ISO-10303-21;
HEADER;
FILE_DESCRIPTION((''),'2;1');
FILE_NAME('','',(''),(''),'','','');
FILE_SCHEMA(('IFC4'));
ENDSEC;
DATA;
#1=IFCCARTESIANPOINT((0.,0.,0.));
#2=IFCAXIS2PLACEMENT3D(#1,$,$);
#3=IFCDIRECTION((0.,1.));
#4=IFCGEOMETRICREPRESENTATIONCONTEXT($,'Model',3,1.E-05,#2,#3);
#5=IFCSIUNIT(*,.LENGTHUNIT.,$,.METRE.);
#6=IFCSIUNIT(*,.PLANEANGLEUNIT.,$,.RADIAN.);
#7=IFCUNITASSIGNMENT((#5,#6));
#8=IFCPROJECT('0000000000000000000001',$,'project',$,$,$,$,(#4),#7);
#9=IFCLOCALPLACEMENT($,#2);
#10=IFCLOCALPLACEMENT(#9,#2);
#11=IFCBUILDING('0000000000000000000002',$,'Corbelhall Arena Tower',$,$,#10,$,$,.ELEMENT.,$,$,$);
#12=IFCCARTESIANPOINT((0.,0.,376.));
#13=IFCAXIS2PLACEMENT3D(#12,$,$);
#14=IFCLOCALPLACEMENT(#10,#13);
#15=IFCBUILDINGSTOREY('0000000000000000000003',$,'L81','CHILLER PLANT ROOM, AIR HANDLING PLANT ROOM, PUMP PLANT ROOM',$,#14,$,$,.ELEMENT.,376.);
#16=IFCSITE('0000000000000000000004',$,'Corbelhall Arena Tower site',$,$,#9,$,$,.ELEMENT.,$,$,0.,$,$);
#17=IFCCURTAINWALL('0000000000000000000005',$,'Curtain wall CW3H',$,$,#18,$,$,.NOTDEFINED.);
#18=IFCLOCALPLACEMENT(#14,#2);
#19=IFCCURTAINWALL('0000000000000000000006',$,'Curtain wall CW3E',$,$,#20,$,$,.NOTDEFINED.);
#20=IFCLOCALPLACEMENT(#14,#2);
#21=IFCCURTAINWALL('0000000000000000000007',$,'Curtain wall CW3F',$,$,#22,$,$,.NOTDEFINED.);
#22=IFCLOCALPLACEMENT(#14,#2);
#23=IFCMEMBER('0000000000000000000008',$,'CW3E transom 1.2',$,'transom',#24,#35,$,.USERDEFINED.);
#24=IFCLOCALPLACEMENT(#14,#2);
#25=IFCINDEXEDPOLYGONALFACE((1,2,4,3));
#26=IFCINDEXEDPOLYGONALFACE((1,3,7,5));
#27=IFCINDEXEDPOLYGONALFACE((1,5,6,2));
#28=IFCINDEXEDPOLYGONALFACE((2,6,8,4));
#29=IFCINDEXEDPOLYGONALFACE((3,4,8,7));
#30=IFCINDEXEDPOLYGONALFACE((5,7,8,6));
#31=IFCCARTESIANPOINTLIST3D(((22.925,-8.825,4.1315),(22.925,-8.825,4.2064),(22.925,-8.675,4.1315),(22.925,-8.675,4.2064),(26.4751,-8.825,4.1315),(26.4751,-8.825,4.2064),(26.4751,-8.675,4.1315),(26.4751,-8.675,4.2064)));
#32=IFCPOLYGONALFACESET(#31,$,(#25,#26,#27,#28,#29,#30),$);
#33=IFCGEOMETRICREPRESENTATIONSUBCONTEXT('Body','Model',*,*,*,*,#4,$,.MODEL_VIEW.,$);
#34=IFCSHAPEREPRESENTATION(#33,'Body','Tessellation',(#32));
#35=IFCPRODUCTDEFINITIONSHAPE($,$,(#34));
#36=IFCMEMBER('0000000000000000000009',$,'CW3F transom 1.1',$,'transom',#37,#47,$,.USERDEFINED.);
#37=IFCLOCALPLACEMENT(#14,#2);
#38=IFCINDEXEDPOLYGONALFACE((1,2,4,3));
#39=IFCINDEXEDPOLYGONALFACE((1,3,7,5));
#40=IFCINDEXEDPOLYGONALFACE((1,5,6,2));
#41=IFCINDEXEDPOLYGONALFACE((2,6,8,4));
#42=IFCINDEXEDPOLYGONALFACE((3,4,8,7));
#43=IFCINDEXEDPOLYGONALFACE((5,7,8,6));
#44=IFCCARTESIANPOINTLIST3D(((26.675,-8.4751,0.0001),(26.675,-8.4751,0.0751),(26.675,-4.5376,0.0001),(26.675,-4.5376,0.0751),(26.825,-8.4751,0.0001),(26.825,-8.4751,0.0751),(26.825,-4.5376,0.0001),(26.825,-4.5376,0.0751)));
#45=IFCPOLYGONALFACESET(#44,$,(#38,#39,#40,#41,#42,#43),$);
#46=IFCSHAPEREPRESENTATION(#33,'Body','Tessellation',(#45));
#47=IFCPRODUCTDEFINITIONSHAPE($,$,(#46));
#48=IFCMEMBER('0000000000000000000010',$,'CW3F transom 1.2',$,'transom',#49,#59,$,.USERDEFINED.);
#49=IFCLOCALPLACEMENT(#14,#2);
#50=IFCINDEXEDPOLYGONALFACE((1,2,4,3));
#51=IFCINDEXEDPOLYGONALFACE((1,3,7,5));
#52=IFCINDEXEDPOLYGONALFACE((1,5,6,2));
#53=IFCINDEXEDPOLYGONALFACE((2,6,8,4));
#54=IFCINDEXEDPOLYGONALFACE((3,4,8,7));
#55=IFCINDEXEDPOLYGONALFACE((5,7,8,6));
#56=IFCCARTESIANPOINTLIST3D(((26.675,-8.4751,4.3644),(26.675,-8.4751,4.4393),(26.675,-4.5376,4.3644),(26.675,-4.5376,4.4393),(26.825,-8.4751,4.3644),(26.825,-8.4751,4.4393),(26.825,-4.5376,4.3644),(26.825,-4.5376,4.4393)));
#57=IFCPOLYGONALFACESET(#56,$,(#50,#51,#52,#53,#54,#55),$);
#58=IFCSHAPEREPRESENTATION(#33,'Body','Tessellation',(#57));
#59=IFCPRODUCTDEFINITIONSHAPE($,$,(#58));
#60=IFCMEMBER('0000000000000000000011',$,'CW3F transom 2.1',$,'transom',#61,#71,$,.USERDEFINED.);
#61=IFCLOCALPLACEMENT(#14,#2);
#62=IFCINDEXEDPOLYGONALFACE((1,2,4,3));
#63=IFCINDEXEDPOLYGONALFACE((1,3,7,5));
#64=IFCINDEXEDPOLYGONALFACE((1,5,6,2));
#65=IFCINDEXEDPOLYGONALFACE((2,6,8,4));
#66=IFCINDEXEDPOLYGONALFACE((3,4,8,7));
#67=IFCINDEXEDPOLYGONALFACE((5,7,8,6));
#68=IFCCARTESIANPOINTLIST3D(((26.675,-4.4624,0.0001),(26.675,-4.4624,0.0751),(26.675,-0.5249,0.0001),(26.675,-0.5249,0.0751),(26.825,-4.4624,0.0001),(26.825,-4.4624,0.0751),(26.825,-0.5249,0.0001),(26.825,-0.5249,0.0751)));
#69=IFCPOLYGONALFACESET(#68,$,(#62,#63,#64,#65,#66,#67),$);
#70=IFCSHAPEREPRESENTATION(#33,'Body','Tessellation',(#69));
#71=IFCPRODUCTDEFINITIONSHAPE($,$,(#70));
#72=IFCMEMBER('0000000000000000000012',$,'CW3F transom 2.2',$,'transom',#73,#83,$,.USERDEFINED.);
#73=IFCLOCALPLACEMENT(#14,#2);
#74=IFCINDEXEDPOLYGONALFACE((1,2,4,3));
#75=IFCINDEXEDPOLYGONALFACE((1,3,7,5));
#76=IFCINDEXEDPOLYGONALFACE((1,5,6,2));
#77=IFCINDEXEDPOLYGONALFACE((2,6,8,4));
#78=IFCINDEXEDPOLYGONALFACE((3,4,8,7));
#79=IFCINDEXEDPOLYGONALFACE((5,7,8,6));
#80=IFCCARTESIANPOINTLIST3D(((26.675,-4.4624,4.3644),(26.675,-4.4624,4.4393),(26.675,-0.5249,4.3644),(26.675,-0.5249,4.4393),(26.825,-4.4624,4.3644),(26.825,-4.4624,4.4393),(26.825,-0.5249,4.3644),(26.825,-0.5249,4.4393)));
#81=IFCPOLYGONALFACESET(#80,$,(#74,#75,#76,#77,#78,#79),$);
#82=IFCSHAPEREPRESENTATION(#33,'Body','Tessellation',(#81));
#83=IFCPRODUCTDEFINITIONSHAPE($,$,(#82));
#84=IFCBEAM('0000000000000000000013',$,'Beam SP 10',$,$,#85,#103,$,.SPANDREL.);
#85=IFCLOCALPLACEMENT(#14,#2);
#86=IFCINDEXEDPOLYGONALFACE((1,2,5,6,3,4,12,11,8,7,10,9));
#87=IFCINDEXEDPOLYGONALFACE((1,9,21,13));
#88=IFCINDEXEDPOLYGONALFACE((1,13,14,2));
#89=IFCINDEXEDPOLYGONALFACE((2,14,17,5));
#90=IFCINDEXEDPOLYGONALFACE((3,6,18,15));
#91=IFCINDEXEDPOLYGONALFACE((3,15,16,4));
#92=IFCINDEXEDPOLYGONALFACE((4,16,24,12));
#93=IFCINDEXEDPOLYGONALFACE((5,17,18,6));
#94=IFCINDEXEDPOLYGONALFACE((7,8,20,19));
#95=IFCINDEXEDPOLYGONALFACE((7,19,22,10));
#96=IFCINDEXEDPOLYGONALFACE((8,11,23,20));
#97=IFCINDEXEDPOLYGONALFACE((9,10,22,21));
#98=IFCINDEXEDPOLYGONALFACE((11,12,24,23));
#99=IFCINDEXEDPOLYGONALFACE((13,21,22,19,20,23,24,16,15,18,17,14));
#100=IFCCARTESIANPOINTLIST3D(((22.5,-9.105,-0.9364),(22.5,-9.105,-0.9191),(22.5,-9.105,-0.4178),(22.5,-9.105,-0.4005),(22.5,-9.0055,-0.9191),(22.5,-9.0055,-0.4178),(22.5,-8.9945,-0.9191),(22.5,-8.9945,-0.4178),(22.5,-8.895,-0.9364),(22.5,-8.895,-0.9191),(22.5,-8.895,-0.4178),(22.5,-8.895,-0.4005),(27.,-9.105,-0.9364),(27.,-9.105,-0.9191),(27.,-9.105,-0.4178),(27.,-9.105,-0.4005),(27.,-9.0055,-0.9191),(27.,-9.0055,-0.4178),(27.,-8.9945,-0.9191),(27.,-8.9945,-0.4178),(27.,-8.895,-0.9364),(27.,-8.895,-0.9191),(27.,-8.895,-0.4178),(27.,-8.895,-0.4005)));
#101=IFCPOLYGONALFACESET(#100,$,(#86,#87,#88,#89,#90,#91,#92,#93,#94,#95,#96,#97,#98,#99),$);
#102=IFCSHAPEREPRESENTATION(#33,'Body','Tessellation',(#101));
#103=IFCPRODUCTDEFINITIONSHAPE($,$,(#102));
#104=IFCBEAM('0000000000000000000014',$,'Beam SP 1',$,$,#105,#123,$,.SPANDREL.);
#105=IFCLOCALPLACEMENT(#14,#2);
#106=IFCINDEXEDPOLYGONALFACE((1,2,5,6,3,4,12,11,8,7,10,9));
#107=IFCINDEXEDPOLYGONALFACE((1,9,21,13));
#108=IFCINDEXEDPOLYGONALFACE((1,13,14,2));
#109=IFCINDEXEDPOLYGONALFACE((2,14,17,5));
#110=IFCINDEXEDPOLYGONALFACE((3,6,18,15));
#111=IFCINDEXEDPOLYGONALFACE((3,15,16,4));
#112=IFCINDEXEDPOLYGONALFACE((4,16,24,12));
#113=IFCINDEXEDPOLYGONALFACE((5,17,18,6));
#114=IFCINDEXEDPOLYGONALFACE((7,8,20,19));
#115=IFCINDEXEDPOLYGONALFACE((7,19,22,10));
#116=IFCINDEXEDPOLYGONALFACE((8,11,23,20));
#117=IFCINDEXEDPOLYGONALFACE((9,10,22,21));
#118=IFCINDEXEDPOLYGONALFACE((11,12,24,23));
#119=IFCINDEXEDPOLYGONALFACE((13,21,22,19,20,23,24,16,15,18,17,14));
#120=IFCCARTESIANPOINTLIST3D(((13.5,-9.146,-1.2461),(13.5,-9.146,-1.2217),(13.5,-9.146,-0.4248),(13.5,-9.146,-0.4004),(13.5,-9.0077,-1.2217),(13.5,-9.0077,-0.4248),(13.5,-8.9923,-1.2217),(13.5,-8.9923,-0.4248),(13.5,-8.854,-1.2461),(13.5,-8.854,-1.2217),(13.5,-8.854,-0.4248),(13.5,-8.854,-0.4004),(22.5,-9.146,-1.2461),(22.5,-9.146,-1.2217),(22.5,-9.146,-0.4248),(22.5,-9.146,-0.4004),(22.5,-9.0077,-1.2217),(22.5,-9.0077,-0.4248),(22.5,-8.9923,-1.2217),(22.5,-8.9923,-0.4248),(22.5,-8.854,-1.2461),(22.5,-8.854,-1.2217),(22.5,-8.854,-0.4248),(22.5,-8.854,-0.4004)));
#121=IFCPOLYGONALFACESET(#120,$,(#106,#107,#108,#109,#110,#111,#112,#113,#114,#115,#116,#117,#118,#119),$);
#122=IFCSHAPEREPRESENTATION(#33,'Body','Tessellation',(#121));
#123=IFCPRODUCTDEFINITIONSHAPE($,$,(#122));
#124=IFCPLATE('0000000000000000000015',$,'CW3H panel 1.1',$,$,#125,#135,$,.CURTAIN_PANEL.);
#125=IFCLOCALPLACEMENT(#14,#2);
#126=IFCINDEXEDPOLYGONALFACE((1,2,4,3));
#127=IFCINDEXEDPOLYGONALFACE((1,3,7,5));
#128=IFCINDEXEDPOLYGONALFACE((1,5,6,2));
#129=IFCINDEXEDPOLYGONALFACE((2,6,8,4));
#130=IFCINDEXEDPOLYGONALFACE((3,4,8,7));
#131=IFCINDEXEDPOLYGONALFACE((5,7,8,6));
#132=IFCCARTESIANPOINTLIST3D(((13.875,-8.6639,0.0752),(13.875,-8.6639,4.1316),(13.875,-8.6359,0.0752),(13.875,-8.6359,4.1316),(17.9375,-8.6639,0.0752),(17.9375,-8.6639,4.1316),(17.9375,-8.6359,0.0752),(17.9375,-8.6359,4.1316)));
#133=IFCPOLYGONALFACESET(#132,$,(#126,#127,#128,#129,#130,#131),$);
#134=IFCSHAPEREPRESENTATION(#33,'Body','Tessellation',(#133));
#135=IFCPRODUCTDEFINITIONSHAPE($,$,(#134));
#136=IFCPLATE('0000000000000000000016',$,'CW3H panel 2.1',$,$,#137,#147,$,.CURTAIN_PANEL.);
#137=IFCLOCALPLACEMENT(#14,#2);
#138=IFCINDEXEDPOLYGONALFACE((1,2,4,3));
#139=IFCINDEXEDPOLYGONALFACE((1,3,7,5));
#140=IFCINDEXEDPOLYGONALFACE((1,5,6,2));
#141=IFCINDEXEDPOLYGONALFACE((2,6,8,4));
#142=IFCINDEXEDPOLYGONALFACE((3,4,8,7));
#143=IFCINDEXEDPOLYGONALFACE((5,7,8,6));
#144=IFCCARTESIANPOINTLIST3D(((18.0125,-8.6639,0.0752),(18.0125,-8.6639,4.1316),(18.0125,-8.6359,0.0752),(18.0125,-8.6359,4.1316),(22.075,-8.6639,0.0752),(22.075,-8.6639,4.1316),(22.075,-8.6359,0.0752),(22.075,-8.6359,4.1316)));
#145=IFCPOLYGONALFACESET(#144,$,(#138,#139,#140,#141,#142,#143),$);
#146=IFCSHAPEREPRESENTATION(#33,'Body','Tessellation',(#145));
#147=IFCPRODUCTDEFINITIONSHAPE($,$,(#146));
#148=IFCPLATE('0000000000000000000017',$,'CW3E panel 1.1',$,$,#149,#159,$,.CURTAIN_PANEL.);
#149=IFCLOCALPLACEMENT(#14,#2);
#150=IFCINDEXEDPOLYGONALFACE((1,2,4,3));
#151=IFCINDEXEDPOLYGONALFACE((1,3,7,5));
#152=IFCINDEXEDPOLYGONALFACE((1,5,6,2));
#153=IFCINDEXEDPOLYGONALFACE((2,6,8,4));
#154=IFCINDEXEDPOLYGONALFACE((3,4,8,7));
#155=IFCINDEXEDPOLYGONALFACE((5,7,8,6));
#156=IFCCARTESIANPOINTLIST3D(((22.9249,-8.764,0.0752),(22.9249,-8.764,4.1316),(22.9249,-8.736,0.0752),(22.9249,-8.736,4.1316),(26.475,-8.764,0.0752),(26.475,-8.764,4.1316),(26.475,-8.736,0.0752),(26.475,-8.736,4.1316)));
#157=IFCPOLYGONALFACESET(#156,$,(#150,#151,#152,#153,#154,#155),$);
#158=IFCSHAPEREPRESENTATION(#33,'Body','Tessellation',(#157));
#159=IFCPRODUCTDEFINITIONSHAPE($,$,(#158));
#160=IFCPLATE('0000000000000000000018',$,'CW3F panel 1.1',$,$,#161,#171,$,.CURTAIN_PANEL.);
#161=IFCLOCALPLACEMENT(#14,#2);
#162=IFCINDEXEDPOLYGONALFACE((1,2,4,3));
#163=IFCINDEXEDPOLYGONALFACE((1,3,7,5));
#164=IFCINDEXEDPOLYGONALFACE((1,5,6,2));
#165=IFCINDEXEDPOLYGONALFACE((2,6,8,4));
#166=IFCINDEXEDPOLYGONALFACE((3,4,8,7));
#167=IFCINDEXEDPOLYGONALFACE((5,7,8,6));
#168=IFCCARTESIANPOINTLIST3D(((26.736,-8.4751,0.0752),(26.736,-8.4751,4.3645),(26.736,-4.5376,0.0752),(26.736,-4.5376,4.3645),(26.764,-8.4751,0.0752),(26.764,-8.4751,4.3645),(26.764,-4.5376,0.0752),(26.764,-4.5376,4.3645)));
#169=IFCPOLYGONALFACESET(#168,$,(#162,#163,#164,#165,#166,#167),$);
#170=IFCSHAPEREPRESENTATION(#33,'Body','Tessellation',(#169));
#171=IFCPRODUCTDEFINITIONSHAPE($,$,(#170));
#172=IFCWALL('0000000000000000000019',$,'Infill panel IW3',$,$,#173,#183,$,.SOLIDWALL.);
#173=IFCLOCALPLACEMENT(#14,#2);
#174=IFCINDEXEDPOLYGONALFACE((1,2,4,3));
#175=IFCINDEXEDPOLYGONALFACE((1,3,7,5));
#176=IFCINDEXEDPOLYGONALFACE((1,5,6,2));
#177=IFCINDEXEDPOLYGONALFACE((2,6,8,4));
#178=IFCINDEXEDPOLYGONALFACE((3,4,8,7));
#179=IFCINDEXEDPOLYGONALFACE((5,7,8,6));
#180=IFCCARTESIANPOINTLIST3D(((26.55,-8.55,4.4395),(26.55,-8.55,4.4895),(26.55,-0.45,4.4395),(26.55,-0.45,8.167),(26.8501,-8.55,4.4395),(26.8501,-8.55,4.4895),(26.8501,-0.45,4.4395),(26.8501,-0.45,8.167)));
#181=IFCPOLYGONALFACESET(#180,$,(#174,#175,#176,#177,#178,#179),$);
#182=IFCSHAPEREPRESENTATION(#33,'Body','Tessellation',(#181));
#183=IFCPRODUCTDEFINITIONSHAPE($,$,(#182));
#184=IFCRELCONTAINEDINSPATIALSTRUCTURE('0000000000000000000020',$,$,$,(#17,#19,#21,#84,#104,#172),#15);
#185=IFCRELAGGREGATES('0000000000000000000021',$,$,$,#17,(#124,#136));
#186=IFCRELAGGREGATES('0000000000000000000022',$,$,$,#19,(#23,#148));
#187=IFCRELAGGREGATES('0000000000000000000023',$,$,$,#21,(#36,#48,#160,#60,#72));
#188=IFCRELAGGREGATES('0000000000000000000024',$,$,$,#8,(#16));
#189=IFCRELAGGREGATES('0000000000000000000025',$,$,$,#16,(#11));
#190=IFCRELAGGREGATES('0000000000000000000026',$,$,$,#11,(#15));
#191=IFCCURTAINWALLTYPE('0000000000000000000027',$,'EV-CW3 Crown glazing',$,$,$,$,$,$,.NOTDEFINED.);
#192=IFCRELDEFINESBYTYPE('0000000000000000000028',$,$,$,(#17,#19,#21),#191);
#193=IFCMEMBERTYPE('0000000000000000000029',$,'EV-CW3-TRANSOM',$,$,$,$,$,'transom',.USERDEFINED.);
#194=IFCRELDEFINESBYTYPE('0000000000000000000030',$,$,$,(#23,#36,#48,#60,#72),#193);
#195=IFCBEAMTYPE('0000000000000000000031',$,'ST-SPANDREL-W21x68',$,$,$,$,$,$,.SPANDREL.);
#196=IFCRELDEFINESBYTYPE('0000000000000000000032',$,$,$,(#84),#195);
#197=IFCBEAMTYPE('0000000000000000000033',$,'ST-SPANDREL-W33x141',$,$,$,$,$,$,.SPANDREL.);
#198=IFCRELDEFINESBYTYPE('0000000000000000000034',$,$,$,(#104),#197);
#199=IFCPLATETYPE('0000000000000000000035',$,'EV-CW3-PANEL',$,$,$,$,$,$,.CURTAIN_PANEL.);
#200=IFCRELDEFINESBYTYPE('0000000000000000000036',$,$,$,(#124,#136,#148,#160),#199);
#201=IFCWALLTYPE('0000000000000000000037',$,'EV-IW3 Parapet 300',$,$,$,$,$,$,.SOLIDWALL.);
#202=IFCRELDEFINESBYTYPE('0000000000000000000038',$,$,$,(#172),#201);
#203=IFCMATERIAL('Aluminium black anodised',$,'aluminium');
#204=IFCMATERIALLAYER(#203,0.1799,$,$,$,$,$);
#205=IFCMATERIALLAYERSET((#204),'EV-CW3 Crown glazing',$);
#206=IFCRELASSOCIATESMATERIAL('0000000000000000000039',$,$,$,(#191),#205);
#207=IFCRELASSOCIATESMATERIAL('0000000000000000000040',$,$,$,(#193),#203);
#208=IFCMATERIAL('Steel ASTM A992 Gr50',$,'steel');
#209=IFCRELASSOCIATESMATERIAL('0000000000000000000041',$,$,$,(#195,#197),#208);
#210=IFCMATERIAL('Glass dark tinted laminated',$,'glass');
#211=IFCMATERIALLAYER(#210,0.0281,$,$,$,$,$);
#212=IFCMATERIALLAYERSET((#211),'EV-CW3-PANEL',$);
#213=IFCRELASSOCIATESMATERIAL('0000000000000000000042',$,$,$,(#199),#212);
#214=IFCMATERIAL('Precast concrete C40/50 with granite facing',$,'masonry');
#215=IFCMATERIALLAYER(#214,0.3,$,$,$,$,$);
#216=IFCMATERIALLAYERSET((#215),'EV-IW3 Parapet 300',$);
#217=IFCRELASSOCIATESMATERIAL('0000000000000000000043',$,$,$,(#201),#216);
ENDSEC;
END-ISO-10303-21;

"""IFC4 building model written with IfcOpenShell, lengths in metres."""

from ifc_helpers import new_model, si_unit, direction, frame, origin, origin_2d, place, context, subcontext, project, spatial, polyline, rectangle, i_section, outline, extrude, material, layer, layer_set, material_profile, profile_set, type_object, element, aggregate, save


model = new_model("IFC4")

# Units and contexts
model_context = context("Model", 3, precision=1e-05, world=origin(), true_north=direction((0.0, 1.0)))
body_context = subcontext(model_context, "Body", "Model", "MODEL_VIEW")
ifc_project = project(units=[si_unit("LENGTHUNIT", "METRE"), si_unit("PLANEANGLEUNIT", "RADIAN")], contexts=[model_context])

# Site, building, storey
site_placement = place(None, origin())
site = spatial("IfcSite", under=ifc_project, at=site_placement, Name="Corbelhall Arena Tower site", CompositionType="ELEMENT", RefElevation=0.0)
building_placement = place(site_placement, origin())
building = spatial("IfcBuilding", under=site, at=building_placement, Name="Corbelhall Arena Tower", CompositionType="ELEMENT")
storey_placement = place(building_placement, frame((0.0, 0.0, 376.0)))
storey = spatial("IfcBuildingStorey", under=building, at=storey_placement, Name="L81", Description="CHILLER PLANT ROOM, AIR HANDLING PLANT ROOM, PUMP PLANT ROOM", CompositionType="ELEMENT", Elevation=376.0)

# Curtain walls
ifc_material_1 = material(Name="Aluminium black anodised", Category="aluminium")
ifc_layer_1 = layer(ifc_material_1, 0.1799)
ifc_layer_set_1 = layer_set([ifc_layer_1], Name="EV-CW3 Crown glazing")
curtain_wall_type = type_object("IfcCurtainWallType", Name="EV-CW3 Crown glazing", PredefinedType="NOTDEFINED", material=ifc_layer_set_1)
curtain_wall_1_placement = place(storey_placement, origin())
curtain_wall_1 = element("IfcCurtainWall", 1, at=curtain_wall_1_placement, inside=storey, type_object=curtain_wall_type, Name="Curtain wall CW3H", PredefinedType="NOTDEFINED")
curtain_wall_2_placement = place(storey_placement, origin())
curtain_wall_2 = element("IfcCurtainWall", 2, at=curtain_wall_2_placement, inside=storey, type_object=curtain_wall_type, Name="Curtain wall CW3E", PredefinedType="NOTDEFINED")
curtain_wall_3_placement = place(storey_placement, origin())
curtain_wall_3 = element("IfcCurtainWall", 3, at=curtain_wall_3_placement, inside=storey, type_object=curtain_wall_type, Name="Curtain wall CW3F", PredefinedType="NOTDEFINED")

# Members
ifc_material_profile_1 = material_profile(ifc_material_1, rectangle(XDim=0.1499, YDim=0.075, at=origin_2d()))
ifc_profile_set_1 = profile_set([ifc_material_profile_1], Name="Aluminium black anodised")
member_type_1 = type_object("IfcMemberType", Name="EV-CW3-TRANSOM", ElementType="transom", PredefinedType="USERDEFINED", material=ifc_profile_set_1)
member_1_placement = place(storey_placement, frame((22.925, -8.75, 4.1689), z_axis=(1.0, 0.0, 0.0), x_axis=(0.0, 1.0, 0.0)))
member_1 = element("IfcMember", 4, at=member_1_placement, type_object=member_type_1, Name="CW3E transom 1.2", ObjectType="transom", PredefinedType="USERDEFINED", context=body_context, shape_type="SweptSolid", body=[
    extrude(rectangle(XDim=0.1499, YDim=0.075, at=origin_2d()), origin(), (0.0, 0.0, 1.0), 3.55),
])
member_2_placement = place(storey_placement, frame((26.75, -8.4751, 0.0376), z_axis=(0.0, 1.0, 0.0), x_axis=(-1.0, 0.0, 0.0)))
member_2 = element("IfcMember", 5, at=member_2_placement, type_object=member_type_1, Name="CW3F transom 1.1", ObjectType="transom", PredefinedType="USERDEFINED", context=body_context, shape_type="SweptSolid", body=[
    extrude(rectangle(XDim=0.1499, YDim=0.075, at=origin_2d()), origin(), (0.0, 0.0, 1.0), 3.9375),
])
member_3_placement = place(storey_placement, frame((26.75, -8.4751, 4.4019), z_axis=(0.0, 1.0, 0.0), x_axis=(-1.0, 0.0, 0.0)))
member_3 = element("IfcMember", 6, at=member_3_placement, type_object=member_type_1, Name="CW3F transom 1.2", ObjectType="transom", PredefinedType="USERDEFINED", context=body_context, shape_type="SweptSolid", body=[
    extrude(rectangle(XDim=0.1499, YDim=0.075, at=origin_2d()), origin(), (0.0, 0.0, 1.0), 3.9375),
])
member_4_placement = place(storey_placement, frame((26.75, -4.4624, 0.0376), z_axis=(0.0, 1.0, 0.0), x_axis=(-1.0, 0.0, 0.0)))
member_4 = element("IfcMember", 7, at=member_4_placement, type_object=member_type_1, Name="CW3F transom 2.1", ObjectType="transom", PredefinedType="USERDEFINED", context=body_context, shape_type="SweptSolid", body=[
    extrude(rectangle(XDim=0.1499, YDim=0.075, at=origin_2d()), origin(), (0.0, 0.0, 1.0), 3.9375),
])
member_5_placement = place(storey_placement, frame((26.75, -4.4624, 4.4019), z_axis=(0.0, 1.0, 0.0), x_axis=(-1.0, 0.0, 0.0)))
member_5 = element("IfcMember", 8, at=member_5_placement, type_object=member_type_1, Name="CW3F transom 2.2", ObjectType="transom", PredefinedType="USERDEFINED", context=body_context, shape_type="SweptSolid", body=[
    extrude(rectangle(XDim=0.1499, YDim=0.075, at=origin_2d()), origin(), (0.0, 0.0, 1.0), 3.9375),
])

# Beams
ifc_material_2 = material(Name="Steel ASTM A992 Gr50", Category="steel")
ifc_material_profile_2 = material_profile(ifc_material_2, i_section(OverallWidth=0.21, OverallDepth=0.5359, WebThickness=0.011, FlangeThickness=0.0173, at=origin_2d()))
ifc_profile_set_2 = profile_set([ifc_material_profile_2], Name="Steel ASTM A992 Gr50")
beam_type_1 = type_object("IfcBeamType", Name="ST-SPANDREL-W21x68", PredefinedType="SPANDREL", material=ifc_profile_set_2)
beam_1_placement = place(storey_placement, frame((27.0, -9.0, -0.6685), z_axis=(-1.0, 0.0, 0.0), x_axis=(0.0, -1.0, 0.0)))
element("IfcBeam", 9, at=beam_1_placement, inside=storey, type_object=beam_type_1, Name="Beam SP 10", PredefinedType="SPANDREL", context=body_context, shape_type="SweptSolid", body=[
    extrude(i_section(OverallWidth=0.21, OverallDepth=0.5359, WebThickness=0.011, FlangeThickness=0.0173, at=origin_2d()), origin(), (0.0, 0.0, 1.0), 4.5),
])
ifc_material_profile_3 = material_profile(ifc_material_2, i_section(OverallWidth=0.292, OverallDepth=0.8457, WebThickness=0.0154, FlangeThickness=0.0244, at=origin_2d()))
ifc_profile_set_3 = profile_set([ifc_material_profile_3], Name="Steel ASTM A992 Gr50")
beam_type_2 = type_object("IfcBeamType", Name="ST-SPANDREL-W33x141", PredefinedType="SPANDREL", material=ifc_profile_set_3)
beam_2_placement = place(storey_placement, frame((22.5, -9.0, -0.8232), z_axis=(-1.0, 0.0, 0.0), x_axis=(0.0, -1.0, 0.0)))
element("IfcBeam", 10, at=beam_2_placement, inside=storey, type_object=beam_type_2, Name="Beam SP 1", PredefinedType="SPANDREL", context=body_context, shape_type="SweptSolid", body=[
    extrude(i_section(OverallWidth=0.292, OverallDepth=0.8457, WebThickness=0.0154, FlangeThickness=0.0244, at=origin_2d()), origin(), (0.0, 0.0, 1.0), 9.0),
])

# Plates
ifc_material_3 = material(Name="Glass dark tinted laminated", Category="glass")
ifc_layer_2 = layer(ifc_material_3, 0.0281)
ifc_layer_set_2 = layer_set([ifc_layer_2], Name="EV-CW3-PANEL")
plate_type = type_object("IfcPlateType", Name="EV-CW3-PANEL", PredefinedType="CURTAIN_PANEL", material=ifc_layer_set_2)
plate_1_placement = place(storey_placement, frame((15.9062, -8.6499, 0.0752), z_axis=(0.0, 0.0, 1.0), x_axis=(1.0, 0.0, 0.0)))
plate_1 = element("IfcPlate", 11, at=plate_1_placement, type_object=plate_type, Name="CW3H panel 1.1", PredefinedType="CURTAIN_PANEL", context=body_context, shape_type="SweptSolid", body=[
    extrude(rectangle(XDim=4.0625, YDim=0.0281, at=origin_2d()), origin(), (0.0, 0.0, 1.0), 4.0564),
])
plate_2_placement = place(storey_placement, frame((20.0437, -8.6499, 0.0752), z_axis=(0.0, 0.0, 1.0), x_axis=(1.0, 0.0, 0.0)))
plate_2 = element("IfcPlate", 12, at=plate_2_placement, type_object=plate_type, Name="CW3H panel 2.1", PredefinedType="CURTAIN_PANEL", context=body_context, shape_type="SweptSolid", body=[
    extrude(rectangle(XDim=4.0625, YDim=0.0281, at=origin_2d()), origin(), (0.0, 0.0, 1.0), 4.0564),
])
aggregate(curtain_wall_1, [plate_1, plate_2])
plate_3_placement = place(storey_placement, frame((24.7, -8.75, 0.0752), z_axis=(0.0, 0.0, 1.0), x_axis=(1.0, 0.0, 0.0)))
plate_3 = element("IfcPlate", 13, at=plate_3_placement, type_object=plate_type, Name="CW3E panel 1.1", PredefinedType="CURTAIN_PANEL", context=body_context, shape_type="SweptSolid", body=[
    extrude(rectangle(XDim=3.55, YDim=0.0281, at=origin_2d()), origin(), (0.0, 0.0, 1.0), 4.0564),
])
aggregate(curtain_wall_2, [member_1, plate_3])
plate_4_placement = place(storey_placement, frame((26.75, -6.5063, 0.0752), z_axis=(0.0, 0.0, 1.0), x_axis=(0.0, 1.0, 0.0)))
plate_4 = element("IfcPlate", 14, at=plate_4_placement, type_object=plate_type, Name="CW3F panel 1.1", PredefinedType="CURTAIN_PANEL", context=body_context, shape_type="SweptSolid", body=[
    extrude(rectangle(XDim=3.9375, YDim=0.0281, at=origin_2d()), origin(), (0.0, 0.0, 1.0), 4.2893),
])
aggregate(curtain_wall_3, [member_2, member_3, plate_4, member_4, member_5])

# Wall
ifc_material_4 = material(Name="Precast concrete C40/50 with granite facing", Category="masonry")
ifc_layer_3 = layer(ifc_material_4, 0.3)
ifc_layer_set_3 = layer_set([ifc_layer_3], Name="EV-IW3 Parapet 300")
wall_type_1 = type_object("IfcWallType", Name="EV-IW3 Parapet 300", PredefinedType="SOLIDWALL", material=ifc_layer_set_3)
wall_1_placement = place(storey_placement, frame((26.7, -8.55, 4.4395), z_axis=(0.0, 0.0, 1.0), x_axis=(0.0, 1.0, 0.0)))
element("IfcWall", 15, at=wall_1_placement, inside=storey, type_object=wall_type_1, Name="Infill panel IW3", PredefinedType="SOLIDWALL", context=body_context, shape_type="SweptSolid", body=[
    extrude(outline(polyline([(0.0, 0.0), (8.1001, 0.0), (8.1001, 3.7275), (0.0, 0.05), (0.0, 0.0)])), frame((0.0, 0.1499, 0.0), z_axis=(0.0, -1.0, 0.0), x_axis=(1.0, 0.0, 0.0)), (0.0, 0.0, 1.0), 0.3),
])

save(model, "model.ifc")
